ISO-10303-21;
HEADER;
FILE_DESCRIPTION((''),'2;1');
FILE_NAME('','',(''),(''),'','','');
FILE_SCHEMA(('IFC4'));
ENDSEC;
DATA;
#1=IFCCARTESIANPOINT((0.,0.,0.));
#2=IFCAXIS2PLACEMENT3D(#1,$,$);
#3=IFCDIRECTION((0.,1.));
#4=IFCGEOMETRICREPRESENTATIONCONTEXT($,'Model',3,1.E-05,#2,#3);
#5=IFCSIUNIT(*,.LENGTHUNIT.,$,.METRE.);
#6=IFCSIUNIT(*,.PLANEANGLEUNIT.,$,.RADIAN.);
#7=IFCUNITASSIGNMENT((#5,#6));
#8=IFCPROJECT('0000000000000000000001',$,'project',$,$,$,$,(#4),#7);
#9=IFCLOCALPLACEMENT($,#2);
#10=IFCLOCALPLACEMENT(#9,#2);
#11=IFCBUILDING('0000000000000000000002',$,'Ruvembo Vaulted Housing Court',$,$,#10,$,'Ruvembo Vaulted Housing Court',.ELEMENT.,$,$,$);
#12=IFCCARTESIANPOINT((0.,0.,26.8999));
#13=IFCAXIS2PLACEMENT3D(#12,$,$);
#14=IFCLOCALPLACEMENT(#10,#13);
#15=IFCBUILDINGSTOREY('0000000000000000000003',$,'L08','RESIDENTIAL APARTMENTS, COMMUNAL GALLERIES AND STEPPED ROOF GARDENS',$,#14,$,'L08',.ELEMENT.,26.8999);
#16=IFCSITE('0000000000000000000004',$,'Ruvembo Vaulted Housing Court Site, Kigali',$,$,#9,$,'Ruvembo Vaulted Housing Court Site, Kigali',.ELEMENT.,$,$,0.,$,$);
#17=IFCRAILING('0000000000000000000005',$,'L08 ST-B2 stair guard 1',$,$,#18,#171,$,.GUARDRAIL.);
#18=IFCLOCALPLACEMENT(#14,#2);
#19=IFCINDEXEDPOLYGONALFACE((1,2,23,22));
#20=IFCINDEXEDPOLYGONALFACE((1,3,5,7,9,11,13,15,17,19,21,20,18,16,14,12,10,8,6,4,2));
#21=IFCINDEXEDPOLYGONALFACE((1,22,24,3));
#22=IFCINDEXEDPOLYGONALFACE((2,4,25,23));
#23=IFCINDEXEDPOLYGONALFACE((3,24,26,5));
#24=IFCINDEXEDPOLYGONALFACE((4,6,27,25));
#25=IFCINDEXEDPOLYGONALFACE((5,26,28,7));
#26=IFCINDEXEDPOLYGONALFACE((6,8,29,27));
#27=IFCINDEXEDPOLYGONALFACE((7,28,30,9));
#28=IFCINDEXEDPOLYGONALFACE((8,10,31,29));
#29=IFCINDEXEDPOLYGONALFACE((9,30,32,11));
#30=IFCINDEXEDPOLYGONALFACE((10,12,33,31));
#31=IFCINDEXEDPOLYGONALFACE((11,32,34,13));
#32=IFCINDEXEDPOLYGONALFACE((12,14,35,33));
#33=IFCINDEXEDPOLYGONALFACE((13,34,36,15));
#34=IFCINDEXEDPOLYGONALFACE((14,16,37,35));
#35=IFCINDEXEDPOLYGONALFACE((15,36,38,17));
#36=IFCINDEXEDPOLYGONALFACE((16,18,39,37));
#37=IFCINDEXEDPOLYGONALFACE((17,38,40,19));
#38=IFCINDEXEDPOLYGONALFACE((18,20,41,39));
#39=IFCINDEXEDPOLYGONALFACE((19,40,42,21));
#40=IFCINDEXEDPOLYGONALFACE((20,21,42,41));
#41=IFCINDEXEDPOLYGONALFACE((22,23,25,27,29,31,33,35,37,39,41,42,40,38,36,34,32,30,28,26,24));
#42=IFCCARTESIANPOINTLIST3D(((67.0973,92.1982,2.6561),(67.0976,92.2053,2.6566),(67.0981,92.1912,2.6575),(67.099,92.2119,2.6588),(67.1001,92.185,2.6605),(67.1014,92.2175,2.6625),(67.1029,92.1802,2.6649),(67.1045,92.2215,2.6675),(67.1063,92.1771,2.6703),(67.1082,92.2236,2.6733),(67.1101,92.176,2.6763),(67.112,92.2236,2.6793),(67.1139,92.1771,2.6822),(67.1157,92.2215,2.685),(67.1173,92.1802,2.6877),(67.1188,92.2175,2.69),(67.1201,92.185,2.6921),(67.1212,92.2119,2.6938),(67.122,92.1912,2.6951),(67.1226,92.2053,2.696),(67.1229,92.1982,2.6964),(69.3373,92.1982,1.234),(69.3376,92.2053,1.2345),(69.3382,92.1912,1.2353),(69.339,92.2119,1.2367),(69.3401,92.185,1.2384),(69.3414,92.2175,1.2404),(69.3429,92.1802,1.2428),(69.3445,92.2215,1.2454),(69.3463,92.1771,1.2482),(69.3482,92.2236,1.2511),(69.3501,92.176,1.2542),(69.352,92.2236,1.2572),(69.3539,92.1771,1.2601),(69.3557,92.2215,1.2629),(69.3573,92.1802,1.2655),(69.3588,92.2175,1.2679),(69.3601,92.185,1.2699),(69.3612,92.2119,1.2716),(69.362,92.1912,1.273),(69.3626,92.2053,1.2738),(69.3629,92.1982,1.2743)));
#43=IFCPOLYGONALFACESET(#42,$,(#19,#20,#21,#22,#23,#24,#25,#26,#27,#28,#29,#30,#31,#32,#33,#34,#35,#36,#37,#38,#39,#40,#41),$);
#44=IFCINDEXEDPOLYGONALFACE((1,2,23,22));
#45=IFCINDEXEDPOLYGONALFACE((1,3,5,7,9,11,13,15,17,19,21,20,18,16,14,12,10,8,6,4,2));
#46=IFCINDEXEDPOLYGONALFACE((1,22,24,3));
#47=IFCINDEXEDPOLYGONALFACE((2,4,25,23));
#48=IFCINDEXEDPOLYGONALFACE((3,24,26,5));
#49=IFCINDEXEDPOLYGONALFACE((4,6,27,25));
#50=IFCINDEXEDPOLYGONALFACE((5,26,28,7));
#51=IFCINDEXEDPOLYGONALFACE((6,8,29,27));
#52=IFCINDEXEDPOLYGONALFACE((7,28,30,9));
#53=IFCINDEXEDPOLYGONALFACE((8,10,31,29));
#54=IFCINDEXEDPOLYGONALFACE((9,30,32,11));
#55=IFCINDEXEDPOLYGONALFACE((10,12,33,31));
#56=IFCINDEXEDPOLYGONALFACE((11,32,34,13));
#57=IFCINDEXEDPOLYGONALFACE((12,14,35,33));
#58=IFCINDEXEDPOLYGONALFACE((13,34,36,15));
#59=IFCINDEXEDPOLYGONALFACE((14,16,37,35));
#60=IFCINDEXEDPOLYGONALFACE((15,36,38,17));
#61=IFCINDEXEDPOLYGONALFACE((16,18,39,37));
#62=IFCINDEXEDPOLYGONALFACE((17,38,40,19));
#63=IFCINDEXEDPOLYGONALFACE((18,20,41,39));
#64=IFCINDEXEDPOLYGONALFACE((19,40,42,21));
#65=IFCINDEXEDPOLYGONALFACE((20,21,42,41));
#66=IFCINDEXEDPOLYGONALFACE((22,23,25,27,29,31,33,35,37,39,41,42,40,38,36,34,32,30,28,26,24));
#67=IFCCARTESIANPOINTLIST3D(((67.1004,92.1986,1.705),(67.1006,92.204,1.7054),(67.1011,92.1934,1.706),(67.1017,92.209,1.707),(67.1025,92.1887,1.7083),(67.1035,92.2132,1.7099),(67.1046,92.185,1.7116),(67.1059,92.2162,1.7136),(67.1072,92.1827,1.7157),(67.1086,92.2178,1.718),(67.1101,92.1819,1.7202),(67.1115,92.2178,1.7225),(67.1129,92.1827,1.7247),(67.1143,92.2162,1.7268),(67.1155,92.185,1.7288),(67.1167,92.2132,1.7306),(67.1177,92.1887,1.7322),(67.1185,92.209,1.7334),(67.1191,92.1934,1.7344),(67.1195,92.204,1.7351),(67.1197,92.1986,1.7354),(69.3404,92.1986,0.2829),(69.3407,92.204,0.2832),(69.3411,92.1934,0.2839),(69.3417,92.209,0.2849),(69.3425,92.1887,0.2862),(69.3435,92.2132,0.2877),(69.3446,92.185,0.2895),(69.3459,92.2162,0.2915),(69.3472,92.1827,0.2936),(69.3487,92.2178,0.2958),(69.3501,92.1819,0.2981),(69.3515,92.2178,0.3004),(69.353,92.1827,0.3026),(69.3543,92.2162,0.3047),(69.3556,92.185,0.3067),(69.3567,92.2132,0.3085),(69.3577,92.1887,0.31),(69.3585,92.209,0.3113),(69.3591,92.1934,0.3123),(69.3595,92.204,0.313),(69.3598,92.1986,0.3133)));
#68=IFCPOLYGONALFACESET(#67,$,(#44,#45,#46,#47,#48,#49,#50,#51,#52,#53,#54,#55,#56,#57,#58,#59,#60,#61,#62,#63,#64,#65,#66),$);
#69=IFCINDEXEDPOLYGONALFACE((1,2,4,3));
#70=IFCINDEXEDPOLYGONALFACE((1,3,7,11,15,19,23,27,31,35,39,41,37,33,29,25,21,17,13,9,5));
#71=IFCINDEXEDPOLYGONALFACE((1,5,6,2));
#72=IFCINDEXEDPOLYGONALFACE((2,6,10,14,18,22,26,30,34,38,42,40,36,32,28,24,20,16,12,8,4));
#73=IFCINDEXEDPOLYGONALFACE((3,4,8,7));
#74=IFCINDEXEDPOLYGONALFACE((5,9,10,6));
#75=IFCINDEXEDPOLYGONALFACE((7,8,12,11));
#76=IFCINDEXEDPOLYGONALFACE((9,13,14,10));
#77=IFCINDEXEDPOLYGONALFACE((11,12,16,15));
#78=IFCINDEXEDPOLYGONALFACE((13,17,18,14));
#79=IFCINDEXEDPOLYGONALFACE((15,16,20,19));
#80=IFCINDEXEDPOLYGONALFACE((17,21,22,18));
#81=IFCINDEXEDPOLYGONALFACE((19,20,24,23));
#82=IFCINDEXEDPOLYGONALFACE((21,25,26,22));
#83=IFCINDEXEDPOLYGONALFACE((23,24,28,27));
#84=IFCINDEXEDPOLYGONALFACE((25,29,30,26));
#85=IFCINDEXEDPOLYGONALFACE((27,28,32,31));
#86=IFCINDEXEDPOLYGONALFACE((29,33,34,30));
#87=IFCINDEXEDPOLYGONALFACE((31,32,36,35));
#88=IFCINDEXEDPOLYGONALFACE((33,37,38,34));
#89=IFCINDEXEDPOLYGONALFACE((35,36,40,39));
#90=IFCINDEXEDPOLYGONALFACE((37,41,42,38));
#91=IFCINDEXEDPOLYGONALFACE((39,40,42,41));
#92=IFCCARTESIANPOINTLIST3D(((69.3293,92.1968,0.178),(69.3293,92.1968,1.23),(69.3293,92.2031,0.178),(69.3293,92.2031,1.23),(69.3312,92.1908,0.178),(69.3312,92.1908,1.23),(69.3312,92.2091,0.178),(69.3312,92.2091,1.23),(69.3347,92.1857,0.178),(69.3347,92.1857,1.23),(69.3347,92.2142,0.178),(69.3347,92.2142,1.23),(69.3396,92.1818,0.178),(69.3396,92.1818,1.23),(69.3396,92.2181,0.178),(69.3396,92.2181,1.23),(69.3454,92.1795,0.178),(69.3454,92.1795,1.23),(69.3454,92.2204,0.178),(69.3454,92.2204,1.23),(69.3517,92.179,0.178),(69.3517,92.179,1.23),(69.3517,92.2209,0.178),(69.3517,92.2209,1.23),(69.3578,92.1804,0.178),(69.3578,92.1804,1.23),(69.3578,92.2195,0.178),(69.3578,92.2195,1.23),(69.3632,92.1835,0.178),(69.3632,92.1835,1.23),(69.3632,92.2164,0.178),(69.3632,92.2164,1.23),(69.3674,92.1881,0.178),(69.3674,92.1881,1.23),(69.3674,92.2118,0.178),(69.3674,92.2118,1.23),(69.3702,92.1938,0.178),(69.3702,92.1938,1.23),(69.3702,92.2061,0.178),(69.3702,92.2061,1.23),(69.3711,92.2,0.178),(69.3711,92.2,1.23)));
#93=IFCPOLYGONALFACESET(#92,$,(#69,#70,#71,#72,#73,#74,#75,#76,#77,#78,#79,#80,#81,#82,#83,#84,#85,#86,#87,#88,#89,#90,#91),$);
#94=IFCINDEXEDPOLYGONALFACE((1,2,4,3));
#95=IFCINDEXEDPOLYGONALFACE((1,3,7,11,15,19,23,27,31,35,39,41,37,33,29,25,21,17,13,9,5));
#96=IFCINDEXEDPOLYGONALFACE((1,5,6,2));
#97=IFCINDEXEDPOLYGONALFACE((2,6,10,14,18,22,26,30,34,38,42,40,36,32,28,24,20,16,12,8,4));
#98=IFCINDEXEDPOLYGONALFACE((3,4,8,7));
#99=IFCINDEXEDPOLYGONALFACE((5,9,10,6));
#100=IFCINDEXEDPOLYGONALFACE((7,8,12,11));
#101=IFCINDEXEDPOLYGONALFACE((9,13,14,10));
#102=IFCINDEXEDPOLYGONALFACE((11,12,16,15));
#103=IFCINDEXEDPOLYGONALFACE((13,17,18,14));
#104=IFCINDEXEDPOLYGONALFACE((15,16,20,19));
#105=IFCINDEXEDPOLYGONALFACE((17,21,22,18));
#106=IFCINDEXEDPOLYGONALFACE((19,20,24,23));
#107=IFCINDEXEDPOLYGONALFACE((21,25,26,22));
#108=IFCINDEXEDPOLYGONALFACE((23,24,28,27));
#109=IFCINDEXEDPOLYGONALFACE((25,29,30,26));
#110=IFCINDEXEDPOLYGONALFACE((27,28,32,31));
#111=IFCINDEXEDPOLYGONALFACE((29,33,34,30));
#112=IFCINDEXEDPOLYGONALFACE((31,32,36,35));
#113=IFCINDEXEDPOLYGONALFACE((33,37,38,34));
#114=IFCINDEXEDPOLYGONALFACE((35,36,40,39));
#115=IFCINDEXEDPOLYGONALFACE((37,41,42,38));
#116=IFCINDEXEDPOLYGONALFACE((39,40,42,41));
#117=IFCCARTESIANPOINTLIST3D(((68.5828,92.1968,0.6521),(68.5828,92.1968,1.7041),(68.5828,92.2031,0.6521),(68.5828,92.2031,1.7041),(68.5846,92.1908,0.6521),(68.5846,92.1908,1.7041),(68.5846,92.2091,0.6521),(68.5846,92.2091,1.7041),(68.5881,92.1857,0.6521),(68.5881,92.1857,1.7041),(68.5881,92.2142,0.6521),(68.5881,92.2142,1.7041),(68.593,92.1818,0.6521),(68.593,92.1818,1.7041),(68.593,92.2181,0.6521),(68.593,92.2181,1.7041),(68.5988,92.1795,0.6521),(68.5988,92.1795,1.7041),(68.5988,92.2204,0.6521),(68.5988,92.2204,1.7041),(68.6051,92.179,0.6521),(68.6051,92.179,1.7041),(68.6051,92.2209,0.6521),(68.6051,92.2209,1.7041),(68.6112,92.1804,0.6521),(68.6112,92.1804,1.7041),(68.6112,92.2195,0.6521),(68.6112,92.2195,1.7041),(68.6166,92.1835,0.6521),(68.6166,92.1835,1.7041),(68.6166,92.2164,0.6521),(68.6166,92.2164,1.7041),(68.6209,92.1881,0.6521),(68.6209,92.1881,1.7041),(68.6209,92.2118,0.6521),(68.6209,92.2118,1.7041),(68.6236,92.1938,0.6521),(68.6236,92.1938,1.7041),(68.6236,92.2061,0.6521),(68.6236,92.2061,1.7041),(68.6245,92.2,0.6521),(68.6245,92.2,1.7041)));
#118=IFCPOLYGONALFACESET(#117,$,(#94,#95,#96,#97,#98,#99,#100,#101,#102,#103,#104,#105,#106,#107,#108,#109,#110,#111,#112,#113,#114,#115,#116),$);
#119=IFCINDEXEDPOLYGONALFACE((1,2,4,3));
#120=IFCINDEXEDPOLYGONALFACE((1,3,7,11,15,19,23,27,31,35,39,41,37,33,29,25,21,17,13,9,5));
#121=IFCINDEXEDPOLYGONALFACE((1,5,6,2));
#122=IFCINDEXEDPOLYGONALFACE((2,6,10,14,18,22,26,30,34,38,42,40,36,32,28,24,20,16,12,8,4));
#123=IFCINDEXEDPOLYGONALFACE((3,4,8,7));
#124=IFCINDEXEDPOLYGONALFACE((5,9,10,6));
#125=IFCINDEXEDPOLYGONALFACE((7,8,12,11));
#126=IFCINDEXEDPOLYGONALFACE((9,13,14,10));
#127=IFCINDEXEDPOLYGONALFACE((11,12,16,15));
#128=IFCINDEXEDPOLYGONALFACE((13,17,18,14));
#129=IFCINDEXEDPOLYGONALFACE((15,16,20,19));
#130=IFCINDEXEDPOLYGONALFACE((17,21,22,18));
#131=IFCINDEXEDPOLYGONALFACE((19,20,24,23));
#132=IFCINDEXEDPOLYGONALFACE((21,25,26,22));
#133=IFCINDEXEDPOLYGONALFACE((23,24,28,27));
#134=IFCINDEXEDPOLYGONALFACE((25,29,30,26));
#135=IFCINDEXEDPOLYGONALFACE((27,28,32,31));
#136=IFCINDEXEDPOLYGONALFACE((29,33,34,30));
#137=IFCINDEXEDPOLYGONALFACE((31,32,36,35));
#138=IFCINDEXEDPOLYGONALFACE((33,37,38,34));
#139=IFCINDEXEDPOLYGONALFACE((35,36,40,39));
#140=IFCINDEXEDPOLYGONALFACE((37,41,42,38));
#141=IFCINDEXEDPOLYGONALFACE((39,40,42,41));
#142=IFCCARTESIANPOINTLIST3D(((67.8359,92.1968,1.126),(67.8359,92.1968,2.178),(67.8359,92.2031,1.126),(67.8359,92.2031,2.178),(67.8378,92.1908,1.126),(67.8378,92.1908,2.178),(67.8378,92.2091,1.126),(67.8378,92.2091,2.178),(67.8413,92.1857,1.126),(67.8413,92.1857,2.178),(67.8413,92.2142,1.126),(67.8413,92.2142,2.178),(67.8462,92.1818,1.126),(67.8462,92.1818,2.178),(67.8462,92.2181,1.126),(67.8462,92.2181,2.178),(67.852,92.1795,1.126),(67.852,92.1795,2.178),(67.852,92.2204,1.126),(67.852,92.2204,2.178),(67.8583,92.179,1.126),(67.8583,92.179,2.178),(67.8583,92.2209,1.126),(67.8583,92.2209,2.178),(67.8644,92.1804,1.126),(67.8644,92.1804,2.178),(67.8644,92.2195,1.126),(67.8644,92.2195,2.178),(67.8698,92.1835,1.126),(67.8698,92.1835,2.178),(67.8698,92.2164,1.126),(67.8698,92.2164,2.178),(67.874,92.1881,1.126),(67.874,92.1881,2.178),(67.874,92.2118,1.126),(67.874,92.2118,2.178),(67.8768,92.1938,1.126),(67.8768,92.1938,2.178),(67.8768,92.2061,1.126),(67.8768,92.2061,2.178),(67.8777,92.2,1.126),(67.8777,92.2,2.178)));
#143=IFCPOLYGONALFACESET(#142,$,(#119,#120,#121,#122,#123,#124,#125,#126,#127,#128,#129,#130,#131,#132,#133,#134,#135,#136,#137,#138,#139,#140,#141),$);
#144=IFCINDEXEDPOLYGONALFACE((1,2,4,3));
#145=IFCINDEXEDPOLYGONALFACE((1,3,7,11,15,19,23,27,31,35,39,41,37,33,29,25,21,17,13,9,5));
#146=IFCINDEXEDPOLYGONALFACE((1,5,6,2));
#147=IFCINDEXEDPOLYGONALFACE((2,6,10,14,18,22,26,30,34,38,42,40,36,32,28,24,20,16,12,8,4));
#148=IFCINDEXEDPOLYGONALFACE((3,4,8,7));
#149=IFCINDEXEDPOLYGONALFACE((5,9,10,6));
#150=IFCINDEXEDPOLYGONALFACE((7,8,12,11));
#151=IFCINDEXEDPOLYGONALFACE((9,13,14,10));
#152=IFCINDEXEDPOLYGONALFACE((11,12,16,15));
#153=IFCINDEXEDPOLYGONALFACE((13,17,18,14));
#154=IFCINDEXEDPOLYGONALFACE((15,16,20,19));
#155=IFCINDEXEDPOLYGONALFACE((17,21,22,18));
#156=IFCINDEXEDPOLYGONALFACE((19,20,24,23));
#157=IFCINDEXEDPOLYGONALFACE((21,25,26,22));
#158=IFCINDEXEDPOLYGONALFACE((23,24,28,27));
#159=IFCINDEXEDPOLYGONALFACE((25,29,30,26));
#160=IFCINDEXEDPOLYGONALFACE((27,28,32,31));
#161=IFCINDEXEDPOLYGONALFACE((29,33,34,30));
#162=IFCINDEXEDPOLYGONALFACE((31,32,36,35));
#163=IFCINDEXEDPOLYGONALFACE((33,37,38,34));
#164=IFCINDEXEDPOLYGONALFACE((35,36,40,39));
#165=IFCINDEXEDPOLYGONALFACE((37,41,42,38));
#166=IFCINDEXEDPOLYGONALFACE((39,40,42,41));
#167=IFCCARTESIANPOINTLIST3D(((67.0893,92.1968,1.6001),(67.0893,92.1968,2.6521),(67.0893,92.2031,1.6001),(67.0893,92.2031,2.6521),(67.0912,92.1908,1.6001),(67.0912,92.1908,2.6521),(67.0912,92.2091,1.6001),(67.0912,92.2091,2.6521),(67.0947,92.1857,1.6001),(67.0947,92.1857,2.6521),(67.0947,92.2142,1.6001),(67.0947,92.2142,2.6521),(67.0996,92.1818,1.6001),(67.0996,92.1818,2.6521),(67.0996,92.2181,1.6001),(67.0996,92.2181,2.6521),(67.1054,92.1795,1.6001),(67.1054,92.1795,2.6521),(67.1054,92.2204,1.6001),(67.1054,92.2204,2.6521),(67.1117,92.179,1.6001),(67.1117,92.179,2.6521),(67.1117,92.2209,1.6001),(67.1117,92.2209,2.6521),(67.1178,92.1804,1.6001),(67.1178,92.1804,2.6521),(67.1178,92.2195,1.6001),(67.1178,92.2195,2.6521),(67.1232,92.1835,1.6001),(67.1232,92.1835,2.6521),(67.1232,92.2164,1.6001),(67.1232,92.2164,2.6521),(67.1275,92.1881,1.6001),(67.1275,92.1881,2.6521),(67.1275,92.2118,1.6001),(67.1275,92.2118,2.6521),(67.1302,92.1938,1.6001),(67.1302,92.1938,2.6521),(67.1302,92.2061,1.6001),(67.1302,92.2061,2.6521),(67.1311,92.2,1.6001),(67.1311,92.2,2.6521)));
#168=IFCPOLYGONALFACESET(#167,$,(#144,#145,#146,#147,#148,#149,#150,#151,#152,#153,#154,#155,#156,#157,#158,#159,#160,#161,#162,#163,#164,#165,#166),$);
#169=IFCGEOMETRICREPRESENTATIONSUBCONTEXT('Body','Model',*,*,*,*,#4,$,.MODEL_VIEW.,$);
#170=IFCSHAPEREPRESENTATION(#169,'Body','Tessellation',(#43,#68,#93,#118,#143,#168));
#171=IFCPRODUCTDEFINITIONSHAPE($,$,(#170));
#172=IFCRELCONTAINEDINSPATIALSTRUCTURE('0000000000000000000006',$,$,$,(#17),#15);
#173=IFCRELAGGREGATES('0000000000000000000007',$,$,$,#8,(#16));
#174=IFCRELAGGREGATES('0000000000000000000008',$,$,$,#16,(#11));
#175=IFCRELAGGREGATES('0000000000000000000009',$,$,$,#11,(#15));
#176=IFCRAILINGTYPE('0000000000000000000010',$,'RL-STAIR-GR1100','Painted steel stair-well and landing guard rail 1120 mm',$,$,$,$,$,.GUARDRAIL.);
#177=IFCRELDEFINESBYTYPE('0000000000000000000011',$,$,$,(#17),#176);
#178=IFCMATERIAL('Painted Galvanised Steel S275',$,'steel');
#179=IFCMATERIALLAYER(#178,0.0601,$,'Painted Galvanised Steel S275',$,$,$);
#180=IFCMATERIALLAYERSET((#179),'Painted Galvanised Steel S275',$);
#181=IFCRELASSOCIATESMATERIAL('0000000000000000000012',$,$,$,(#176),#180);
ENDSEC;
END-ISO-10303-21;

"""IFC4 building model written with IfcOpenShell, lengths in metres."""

from ifc_helpers import new_model, si_unit, direction, frame, origin, origin_2d, place, context, subcontext, project, spatial, circle, extrude, material, layer, layer_set, type_object, element, save


model = new_model("IFC4")

# Units and contexts
model_context = context("Model", 3, precision=1e-05, world=origin(), true_north=direction((0.0, 1.0)))
body_context = subcontext(model_context, "Body", "Model", "MODEL_VIEW")
ifc_project = project(units=[si_unit("LENGTHUNIT", "METRE"), si_unit("PLANEANGLEUNIT", "RADIAN")], contexts=[model_context])

# Site, building, storey
site_placement = place(None, origin())
site = spatial("IfcSite", under=ifc_project, at=site_placement, Name="Ruvembo Vaulted Housing Court Site, Kigali", LongName="Ruvembo Vaulted Housing Court Site, Kigali", CompositionType="ELEMENT", RefElevation=0.0)
building_placement = place(site_placement, origin())
building = spatial("IfcBuilding", under=site, at=building_placement, Name="Ruvembo Vaulted Housing Court", LongName="Ruvembo Vaulted Housing Court", CompositionType="ELEMENT")
storey_placement = place(building_placement, frame((0.0, 0.0, 26.8999)))
storey = spatial("IfcBuildingStorey", under=building, at=storey_placement, Name="L08", Description="RESIDENTIAL APARTMENTS, COMMUNAL GALLERIES AND STEPPED ROOF GARDENS", LongName="L08", CompositionType="ELEMENT", Elevation=26.8999)

# Railing
ifc_material_1 = material(Name="Painted Galvanised Steel S275", Category="steel")
ifc_layer_1 = layer(ifc_material_1, 0.0601, Name="Painted Galvanised Steel S275")
ifc_layer_set_1 = layer_set([ifc_layer_1], Name="Painted Galvanised Steel S275")
railing_type_1 = type_object("IfcRailingType", Name="RL-STAIR-GR1100", Description="Painted steel stair-well and landing guard rail 1120 mm", PredefinedType="GUARDRAIL", material=ifc_layer_set_1)
railing_1_placement = place(storey_placement, frame((69.3501, 92.2, 0.178)))
element("IfcRailing", 1, at=railing_1_placement, inside=storey, type_object=railing_type_1, Name="L08 ST-B2 stair guard 1", PredefinedType="GUARDRAIL", context=body_context, shape_type="SweptSolid", body=[
    extrude(circle(Radius=0.0239, at=origin_2d()), frame((0.0, 0.0, 1.0762), z_axis=(-0.844229, 0.0, 0.535982), x_axis=(0.0, -1.0, 0.0)), (0.0, 0.0, 1.0), 2.6533),
    extrude(circle(Radius=0.0181, at=origin_2d()), frame((0.0, 0.0, 0.1201), z_axis=(-0.844229, 0.0, 0.535982), x_axis=(0.0, -1.0, 0.0)), (0.0, 0.0, 1.0), 2.6533),
    extrude(circle(Radius=0.021, at=origin_2d()), origin(), (0.0, 0.0, 1.0), 1.052),
    extrude(circle(Radius=0.021, at=origin_2d()), frame((-0.7466, 0.0, 0.4741)), (0.0, 0.0, 1.0), 1.052),
    extrude(circle(Radius=0.021, at=origin_2d()), frame((-1.4934, 0.0, 0.948)), (0.0, 0.0, 1.0), 1.052),
    extrude(circle(Radius=0.021, at=origin_2d()), frame((-2.24, 0.0, 1.4221)), (0.0, 0.0, 1.0), 1.052),
])

save(model, "model.ifc")
